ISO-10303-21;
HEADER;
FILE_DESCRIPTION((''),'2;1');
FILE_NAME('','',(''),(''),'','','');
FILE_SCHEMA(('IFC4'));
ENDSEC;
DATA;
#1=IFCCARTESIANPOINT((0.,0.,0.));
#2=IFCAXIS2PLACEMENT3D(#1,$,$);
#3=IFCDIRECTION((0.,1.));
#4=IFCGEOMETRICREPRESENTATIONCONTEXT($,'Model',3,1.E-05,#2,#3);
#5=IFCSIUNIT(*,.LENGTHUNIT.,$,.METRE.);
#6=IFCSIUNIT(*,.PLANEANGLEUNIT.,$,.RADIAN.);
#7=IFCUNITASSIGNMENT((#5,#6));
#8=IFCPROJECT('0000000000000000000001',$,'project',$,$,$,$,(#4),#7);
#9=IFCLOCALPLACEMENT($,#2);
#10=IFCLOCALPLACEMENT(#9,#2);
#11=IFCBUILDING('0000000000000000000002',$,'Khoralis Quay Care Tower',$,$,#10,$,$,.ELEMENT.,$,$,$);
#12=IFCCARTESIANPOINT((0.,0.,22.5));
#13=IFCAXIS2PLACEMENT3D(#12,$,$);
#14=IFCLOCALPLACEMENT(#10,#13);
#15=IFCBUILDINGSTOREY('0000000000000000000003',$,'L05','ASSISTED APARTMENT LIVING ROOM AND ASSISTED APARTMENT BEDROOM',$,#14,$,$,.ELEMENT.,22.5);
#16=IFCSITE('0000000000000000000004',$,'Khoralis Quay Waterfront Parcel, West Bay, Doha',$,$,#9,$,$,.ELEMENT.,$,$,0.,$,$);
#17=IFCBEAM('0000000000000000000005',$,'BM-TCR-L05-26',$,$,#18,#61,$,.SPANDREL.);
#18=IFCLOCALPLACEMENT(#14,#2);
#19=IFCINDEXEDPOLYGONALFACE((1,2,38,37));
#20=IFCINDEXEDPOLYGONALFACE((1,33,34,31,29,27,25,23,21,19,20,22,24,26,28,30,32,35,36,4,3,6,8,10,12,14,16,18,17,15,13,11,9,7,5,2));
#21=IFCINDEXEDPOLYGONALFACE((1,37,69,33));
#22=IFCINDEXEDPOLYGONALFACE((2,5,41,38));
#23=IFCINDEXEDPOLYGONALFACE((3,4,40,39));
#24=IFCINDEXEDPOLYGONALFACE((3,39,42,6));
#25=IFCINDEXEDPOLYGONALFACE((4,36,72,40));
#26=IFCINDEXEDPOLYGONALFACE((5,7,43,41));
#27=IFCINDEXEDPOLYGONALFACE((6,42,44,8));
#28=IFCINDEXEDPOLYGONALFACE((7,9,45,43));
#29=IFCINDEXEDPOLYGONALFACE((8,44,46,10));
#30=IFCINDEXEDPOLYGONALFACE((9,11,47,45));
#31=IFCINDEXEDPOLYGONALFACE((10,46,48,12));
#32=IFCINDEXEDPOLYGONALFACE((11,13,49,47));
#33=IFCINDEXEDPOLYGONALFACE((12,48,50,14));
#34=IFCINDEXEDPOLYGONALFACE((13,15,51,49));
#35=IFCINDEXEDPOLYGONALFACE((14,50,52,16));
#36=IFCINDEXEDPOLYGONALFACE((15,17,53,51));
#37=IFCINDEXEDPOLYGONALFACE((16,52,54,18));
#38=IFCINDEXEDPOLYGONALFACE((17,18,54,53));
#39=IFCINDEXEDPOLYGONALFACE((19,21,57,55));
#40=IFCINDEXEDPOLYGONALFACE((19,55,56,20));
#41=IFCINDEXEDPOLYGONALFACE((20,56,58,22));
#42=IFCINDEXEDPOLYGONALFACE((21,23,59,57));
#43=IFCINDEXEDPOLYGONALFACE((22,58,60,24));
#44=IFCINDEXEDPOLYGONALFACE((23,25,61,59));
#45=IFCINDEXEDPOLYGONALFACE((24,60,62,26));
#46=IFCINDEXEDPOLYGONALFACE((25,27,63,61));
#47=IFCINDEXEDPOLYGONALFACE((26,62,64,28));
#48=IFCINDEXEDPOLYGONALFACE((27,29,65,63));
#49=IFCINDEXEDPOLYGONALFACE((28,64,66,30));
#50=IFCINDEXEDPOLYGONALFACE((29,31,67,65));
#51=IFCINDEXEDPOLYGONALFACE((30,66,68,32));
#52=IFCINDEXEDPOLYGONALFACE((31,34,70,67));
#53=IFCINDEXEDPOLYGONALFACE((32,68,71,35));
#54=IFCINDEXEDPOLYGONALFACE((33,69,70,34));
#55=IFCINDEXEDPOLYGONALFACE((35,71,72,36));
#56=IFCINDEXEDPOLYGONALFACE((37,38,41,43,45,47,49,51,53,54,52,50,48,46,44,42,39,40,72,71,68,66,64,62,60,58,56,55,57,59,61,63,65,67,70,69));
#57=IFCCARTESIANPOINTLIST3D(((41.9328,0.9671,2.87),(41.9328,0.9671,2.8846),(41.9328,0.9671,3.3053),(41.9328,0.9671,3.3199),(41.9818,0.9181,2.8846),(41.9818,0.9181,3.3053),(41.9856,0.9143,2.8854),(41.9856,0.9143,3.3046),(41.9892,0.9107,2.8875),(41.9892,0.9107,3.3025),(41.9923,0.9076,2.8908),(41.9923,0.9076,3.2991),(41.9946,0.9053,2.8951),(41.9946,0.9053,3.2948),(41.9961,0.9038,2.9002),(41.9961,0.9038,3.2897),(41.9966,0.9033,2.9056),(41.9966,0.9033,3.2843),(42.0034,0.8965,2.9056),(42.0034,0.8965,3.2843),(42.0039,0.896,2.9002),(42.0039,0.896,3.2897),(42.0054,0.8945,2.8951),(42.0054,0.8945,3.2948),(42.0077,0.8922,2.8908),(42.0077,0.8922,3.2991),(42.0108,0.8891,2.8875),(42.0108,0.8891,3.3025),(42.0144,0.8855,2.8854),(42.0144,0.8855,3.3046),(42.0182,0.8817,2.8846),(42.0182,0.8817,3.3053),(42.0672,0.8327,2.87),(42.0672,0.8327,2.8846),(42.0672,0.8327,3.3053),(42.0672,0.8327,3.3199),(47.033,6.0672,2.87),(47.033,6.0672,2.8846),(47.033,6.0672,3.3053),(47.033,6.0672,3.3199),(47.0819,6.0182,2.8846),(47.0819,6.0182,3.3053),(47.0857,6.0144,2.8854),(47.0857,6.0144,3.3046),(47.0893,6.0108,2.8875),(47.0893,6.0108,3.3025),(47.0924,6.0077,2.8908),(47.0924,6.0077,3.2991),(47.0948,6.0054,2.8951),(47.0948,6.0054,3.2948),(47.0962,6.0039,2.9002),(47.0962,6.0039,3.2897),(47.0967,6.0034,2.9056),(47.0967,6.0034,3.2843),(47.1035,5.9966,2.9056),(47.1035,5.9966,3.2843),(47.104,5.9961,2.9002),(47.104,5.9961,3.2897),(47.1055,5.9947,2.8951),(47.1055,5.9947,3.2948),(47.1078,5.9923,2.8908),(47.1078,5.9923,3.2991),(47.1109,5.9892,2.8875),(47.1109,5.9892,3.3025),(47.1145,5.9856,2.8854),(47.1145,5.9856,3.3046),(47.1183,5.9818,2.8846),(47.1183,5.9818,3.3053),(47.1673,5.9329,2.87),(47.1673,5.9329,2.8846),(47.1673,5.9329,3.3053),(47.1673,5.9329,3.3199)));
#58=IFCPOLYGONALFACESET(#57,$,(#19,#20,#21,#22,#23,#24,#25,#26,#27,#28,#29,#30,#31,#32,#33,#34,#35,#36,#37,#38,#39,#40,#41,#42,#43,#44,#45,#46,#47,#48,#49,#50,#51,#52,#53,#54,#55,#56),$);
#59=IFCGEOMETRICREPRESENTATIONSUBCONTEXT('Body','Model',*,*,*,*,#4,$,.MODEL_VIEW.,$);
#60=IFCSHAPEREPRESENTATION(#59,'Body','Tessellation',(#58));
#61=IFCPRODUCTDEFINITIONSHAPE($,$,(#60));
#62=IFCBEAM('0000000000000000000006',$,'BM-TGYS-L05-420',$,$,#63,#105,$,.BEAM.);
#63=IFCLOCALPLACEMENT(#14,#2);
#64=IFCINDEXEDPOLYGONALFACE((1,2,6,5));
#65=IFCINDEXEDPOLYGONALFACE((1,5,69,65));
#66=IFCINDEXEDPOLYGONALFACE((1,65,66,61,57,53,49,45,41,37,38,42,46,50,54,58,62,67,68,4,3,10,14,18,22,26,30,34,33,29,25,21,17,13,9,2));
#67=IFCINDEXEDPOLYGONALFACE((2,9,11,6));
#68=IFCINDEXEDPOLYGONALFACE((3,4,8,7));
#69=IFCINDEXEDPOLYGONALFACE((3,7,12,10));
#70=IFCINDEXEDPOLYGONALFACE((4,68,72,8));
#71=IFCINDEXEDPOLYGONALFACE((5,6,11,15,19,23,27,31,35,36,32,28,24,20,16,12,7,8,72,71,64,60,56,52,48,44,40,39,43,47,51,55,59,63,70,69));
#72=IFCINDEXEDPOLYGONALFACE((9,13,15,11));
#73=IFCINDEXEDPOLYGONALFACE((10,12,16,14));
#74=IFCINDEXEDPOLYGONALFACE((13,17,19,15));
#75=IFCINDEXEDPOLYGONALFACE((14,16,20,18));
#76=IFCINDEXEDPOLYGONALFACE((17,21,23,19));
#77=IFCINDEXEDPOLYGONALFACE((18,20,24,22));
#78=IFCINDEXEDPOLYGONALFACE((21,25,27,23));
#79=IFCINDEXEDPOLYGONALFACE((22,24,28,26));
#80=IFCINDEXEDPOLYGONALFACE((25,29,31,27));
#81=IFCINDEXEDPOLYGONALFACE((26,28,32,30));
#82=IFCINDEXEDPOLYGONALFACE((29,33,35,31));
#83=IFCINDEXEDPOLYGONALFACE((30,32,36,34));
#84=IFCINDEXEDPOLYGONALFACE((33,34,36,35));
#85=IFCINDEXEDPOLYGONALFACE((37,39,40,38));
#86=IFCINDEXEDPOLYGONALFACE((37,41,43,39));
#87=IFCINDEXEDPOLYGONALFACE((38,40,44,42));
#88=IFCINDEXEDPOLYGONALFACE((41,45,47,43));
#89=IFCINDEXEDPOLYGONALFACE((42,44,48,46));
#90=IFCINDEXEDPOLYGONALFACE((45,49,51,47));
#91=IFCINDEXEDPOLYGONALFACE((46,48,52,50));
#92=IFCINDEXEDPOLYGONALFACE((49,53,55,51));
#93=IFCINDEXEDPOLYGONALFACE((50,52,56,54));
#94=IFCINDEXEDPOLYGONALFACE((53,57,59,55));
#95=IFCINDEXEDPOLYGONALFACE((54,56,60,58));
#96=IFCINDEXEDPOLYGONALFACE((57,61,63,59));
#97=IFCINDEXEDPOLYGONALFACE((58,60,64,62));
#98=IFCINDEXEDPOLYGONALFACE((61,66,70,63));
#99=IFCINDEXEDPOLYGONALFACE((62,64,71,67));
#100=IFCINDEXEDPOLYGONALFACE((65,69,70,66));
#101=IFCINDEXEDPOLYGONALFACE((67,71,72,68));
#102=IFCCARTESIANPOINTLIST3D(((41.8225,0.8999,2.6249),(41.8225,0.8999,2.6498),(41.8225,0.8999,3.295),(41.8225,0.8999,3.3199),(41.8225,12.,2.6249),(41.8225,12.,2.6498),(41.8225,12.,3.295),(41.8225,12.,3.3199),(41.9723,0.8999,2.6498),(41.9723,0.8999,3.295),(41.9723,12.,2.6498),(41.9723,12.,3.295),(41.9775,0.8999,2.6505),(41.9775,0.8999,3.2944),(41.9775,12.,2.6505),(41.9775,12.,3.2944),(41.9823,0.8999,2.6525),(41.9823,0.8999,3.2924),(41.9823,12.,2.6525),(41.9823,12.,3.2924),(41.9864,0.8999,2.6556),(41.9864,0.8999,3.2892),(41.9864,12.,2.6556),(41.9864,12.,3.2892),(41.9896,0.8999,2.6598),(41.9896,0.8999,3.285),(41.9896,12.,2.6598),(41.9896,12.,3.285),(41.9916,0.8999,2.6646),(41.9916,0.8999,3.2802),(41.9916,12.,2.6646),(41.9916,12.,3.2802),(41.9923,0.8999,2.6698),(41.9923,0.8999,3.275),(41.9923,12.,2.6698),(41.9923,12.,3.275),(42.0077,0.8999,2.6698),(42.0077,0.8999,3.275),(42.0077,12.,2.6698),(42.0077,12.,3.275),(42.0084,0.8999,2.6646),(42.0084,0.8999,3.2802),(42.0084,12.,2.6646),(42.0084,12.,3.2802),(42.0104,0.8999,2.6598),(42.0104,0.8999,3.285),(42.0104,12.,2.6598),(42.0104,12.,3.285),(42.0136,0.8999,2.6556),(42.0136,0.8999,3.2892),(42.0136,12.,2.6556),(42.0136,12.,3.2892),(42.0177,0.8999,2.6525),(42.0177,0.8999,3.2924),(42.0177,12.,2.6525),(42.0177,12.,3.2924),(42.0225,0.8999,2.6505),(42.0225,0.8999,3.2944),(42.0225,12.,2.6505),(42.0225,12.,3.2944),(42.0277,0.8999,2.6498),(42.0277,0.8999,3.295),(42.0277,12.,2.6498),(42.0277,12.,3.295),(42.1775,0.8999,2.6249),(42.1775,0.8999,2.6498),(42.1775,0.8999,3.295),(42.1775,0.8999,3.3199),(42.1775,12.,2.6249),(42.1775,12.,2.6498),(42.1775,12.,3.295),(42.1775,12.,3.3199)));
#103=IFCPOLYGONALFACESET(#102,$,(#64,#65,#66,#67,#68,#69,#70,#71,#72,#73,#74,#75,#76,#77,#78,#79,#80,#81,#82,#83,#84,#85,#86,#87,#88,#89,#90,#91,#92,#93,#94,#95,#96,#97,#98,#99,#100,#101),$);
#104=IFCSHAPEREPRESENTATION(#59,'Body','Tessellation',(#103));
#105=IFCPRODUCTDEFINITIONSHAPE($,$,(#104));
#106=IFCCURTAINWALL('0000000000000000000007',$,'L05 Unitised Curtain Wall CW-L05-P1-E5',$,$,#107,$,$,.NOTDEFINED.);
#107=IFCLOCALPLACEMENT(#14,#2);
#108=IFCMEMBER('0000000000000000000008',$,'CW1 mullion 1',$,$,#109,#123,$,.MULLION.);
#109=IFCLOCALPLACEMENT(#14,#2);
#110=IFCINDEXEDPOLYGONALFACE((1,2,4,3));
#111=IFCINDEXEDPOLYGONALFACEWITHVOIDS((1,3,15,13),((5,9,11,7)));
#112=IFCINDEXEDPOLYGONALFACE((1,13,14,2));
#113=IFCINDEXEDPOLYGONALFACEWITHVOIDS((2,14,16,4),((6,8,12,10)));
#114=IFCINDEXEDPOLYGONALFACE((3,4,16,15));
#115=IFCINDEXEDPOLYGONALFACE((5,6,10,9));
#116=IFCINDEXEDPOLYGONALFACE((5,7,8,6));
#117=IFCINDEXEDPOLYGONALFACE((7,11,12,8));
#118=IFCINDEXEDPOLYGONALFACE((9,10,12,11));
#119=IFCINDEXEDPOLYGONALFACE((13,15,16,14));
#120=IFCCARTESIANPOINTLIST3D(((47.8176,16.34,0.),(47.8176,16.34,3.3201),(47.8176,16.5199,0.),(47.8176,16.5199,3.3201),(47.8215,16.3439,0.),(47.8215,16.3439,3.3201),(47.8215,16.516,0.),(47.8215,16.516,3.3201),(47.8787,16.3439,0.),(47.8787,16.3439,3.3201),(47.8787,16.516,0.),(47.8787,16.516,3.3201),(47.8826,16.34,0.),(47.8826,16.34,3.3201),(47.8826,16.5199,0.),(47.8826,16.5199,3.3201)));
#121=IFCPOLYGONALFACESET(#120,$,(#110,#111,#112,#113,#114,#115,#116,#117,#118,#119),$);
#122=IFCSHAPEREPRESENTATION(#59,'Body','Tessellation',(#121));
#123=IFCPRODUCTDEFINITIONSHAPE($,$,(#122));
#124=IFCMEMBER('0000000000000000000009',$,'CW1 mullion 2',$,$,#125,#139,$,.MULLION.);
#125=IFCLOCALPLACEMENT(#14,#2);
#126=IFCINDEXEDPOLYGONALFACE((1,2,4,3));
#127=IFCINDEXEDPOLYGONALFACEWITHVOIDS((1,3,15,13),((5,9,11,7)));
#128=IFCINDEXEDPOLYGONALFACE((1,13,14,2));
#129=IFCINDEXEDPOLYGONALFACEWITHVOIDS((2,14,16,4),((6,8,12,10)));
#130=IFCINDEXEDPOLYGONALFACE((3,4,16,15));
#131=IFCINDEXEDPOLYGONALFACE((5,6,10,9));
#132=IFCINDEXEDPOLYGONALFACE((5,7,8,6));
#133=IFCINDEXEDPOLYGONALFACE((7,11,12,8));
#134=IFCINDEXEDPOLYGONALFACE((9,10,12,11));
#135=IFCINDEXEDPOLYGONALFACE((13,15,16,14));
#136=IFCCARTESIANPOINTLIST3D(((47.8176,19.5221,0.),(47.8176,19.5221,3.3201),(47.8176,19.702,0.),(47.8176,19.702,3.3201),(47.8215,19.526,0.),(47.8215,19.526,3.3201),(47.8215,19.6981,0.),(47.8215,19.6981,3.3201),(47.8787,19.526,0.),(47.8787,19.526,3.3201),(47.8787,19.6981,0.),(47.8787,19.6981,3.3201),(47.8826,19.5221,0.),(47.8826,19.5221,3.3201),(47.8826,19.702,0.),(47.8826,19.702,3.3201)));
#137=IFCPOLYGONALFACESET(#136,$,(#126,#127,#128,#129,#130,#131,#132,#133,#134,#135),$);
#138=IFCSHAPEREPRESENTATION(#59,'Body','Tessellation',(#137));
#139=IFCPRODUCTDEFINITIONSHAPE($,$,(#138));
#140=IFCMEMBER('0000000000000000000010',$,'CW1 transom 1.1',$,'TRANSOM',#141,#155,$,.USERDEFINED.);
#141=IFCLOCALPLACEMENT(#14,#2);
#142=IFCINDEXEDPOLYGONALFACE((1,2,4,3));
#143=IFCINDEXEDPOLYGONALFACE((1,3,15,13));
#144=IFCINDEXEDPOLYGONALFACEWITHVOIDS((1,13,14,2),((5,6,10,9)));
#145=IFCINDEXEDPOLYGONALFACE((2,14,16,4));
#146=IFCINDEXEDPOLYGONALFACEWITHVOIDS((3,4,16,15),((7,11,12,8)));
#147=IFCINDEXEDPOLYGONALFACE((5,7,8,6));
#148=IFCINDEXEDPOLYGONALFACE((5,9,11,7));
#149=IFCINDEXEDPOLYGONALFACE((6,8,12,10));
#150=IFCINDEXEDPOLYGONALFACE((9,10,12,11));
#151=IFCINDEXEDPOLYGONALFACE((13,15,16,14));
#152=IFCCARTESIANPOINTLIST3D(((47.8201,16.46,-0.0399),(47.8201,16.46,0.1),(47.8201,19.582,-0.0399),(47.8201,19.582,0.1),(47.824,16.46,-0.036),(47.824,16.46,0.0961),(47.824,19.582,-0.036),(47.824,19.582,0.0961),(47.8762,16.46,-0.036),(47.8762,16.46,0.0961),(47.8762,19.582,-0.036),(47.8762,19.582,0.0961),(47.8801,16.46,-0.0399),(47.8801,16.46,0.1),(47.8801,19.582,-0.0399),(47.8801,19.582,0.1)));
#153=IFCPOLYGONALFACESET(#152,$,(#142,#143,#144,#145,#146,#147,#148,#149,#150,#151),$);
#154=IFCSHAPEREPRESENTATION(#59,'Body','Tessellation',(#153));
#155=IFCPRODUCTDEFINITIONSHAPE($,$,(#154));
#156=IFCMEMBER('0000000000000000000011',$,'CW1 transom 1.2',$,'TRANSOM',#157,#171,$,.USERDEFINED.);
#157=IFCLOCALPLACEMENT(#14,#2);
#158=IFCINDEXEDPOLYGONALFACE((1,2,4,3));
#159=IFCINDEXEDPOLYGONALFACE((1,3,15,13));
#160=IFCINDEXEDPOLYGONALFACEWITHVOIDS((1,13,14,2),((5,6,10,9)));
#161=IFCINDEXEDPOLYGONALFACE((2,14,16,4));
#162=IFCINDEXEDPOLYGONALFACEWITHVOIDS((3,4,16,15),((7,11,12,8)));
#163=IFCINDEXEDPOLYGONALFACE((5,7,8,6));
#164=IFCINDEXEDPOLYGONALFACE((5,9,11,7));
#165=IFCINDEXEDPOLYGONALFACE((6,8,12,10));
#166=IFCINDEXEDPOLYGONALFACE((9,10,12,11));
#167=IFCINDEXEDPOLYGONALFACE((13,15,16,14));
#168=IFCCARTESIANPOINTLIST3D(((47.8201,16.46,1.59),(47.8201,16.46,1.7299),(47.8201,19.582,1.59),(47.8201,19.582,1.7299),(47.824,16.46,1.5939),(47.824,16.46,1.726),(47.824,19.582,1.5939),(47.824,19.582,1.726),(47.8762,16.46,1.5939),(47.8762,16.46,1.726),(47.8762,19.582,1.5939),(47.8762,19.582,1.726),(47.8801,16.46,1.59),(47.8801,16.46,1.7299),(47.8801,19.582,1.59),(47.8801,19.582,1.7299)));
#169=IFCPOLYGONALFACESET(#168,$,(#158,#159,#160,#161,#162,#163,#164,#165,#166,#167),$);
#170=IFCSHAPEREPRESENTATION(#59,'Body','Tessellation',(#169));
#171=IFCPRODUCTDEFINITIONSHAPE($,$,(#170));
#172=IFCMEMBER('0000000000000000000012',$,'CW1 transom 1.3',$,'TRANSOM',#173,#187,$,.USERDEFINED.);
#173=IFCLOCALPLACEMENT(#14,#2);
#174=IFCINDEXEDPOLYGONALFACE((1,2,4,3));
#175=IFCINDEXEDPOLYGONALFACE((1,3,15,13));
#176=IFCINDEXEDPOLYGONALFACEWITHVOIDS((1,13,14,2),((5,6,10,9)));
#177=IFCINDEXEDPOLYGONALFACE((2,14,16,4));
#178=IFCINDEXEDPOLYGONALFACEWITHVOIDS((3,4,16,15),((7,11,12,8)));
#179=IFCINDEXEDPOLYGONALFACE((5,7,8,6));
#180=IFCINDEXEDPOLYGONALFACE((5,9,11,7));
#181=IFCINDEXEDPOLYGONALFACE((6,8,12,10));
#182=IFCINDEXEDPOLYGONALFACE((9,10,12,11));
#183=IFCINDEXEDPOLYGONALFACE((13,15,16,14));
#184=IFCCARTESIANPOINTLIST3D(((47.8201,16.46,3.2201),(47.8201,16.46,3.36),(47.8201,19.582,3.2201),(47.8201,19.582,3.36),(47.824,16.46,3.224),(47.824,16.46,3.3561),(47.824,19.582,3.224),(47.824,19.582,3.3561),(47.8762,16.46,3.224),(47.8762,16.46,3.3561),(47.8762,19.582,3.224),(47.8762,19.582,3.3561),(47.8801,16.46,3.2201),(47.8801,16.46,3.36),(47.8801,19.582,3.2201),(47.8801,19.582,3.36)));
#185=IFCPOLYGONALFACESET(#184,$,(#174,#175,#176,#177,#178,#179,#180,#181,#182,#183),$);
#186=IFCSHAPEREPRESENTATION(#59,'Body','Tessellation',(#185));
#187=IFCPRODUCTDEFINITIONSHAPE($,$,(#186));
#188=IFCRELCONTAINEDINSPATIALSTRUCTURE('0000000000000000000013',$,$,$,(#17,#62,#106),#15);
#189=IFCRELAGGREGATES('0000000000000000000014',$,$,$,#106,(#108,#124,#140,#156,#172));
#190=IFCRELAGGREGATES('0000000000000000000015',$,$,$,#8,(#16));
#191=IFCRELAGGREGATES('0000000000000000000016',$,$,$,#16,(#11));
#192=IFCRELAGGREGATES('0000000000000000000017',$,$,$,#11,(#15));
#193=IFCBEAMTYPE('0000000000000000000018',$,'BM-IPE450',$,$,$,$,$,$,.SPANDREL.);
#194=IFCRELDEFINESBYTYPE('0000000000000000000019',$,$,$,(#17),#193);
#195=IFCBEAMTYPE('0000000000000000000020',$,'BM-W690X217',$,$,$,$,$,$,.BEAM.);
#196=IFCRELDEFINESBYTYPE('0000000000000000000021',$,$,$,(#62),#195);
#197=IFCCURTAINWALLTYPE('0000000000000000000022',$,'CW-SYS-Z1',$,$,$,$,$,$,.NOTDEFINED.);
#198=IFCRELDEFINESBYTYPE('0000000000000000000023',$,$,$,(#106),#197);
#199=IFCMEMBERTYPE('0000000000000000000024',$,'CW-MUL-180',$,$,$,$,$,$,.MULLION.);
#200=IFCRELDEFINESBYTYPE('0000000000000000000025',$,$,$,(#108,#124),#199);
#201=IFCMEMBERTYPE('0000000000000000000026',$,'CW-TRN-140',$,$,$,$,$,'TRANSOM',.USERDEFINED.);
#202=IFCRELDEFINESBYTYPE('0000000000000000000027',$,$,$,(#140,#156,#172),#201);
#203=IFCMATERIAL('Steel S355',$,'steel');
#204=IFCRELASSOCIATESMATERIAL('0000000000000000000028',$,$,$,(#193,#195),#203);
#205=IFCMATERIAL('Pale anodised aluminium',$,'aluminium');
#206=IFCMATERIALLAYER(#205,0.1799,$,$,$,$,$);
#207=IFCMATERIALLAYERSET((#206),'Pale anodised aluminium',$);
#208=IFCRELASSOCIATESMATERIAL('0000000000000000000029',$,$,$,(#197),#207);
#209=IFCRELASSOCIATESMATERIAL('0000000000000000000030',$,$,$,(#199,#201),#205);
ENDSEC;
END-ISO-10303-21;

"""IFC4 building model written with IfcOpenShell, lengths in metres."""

from ifc_helpers import new_model, si_unit, direction, frame, origin, origin_2d, place, context, subcontext, project, spatial, hollow_rectangle, i_section, extrude, source, transform, mapped, material, layer, layer_set, material_profile, profile_set, type_object, element, aggregate, save


model = new_model("IFC4")

# Units and contexts
model_context = context("Model", 3, precision=1e-05, world=origin(), true_north=direction((0.0, 1.0)))
body_context = subcontext(model_context, "Body", "Model", "MODEL_VIEW")
ifc_project = project(units=[si_unit("LENGTHUNIT", "METRE"), si_unit("PLANEANGLEUNIT", "RADIAN")], contexts=[model_context])

# Site, building, storey
site_placement = place(None, origin())
site = spatial("IfcSite", under=ifc_project, at=site_placement, Name="Khoralis Quay Waterfront Parcel, West Bay, Doha", CompositionType="ELEMENT", RefElevation=0.0)
building_placement = place(site_placement, origin())
building = spatial("IfcBuilding", under=site, at=building_placement, Name="Khoralis Quay Care Tower", CompositionType="ELEMENT")
storey_placement = place(building_placement, frame((0.0, 0.0, 22.5)))
storey = spatial("IfcBuildingStorey", under=building, at=storey_placement, Name="L05", Description="ASSISTED APARTMENT LIVING ROOM AND ASSISTED APARTMENT BEDROOM", CompositionType="ELEMENT", Elevation=22.5)

# Beams
ifc_material_1 = material(Name="Steel S355", Category="steel")
ifc_material_profile_1 = material_profile(ifc_material_1, i_section(OverallWidth=0.1899, OverallDepth=0.45, WebThickness=0.0095, FlangeThickness=0.0146, FilletRadius=0.021, at=origin_2d()), Name="Steel S355")
ifc_profile_set_1 = profile_set([ifc_material_profile_1], Name="Steel S355")
beam_type_1 = type_object("IfcBeamType", Name="BM-IPE450", PredefinedType="SPANDREL", material=ifc_profile_set_1)
shared_shape_1 = source(origin(), body_context, "Body", "SweptSolid", [
    extrude(i_section(OverallWidth=0.1899, OverallDepth=0.45, WebThickness=0.0095, FlangeThickness=0.0146, FilletRadius=0.021, at=origin_2d()), origin(), (0.0, 0.0, 1.0), 7.2126),
])
beam_1_placement = place(storey_placement, frame((42.0, 0.8999, 3.095), z_axis=(0.707107, 0.707107, 0.0), x_axis=(-0.707107, 0.707107, 0.0)))
element("IfcBeam", 1, at=beam_1_placement, inside=storey, type_object=beam_type_1, Name="BM-TCR-L05-26", PredefinedType="SPANDREL", context=body_context, shape_type="MappedRepresentation", body=[
    mapped(shared_shape_1, transform((0.0, 0.0, 0.0), scale=1.0)),
])
ifc_material_profile_2 = material_profile(ifc_material_1, i_section(OverallWidth=0.355, OverallDepth=0.6951, WebThickness=0.0154, FlangeThickness=0.0249, FilletRadius=0.02, at=origin_2d()), Name="Steel S355")
ifc_profile_set_2 = profile_set([ifc_material_profile_2], Name="Steel S355")
beam_type_2 = type_object("IfcBeamType", Name="BM-W690X217", PredefinedType="BEAM", material=ifc_profile_set_2)
shared_shape_2 = source(origin(), body_context, "Body", "SweptSolid", [
    extrude(i_section(OverallWidth=0.355, OverallDepth=0.6951, WebThickness=0.0154, FlangeThickness=0.0249, FilletRadius=0.02, at=origin_2d()), origin(), (0.0, 0.0, 1.0), 11.1001),
])
beam_2_placement = place(storey_placement, frame((42.0, 0.8999, 2.9724), z_axis=(0.0, 1.0, 0.0), x_axis=(-1.0, 0.0, 0.0)))
element("IfcBeam", 2, at=beam_2_placement, inside=storey, type_object=beam_type_2, Name="BM-TGYS-L05-420", PredefinedType="BEAM", context=body_context, shape_type="MappedRepresentation", body=[
    mapped(shared_shape_2, transform((0.0, 0.0, 0.0), scale=1.0)),
])

# Curtain wall, members
ifc_material_2 = material(Name="Pale anodised aluminium", Category="aluminium")
ifc_layer_1 = layer(ifc_material_2, 0.1799)
ifc_layer_set_1 = layer_set([ifc_layer_1], Name="Pale anodised aluminium")
curtain_wall_type = type_object("IfcCurtainWallType", Name="CW-SYS-Z1", PredefinedType="NOTDEFINED", material=ifc_layer_set_1)
curtain_wall_placement = place(storey_placement, origin())
curtain_wall = element("IfcCurtainWall", 3, at=curtain_wall_placement, inside=storey, type_object=curtain_wall_type, Name="L05 Unitised Curtain Wall CW-L05-P1-E5", PredefinedType="NOTDEFINED")
ifc_material_profile_3 = material_profile(ifc_material_2, hollow_rectangle(XDim=0.0649, YDim=0.1799, WallThickness=0.0039, at=origin_2d()), Name="Pale anodised aluminium")
ifc_profile_set_3 = profile_set([ifc_material_profile_3], Name="Pale anodised aluminium")
member_type_1 = type_object("IfcMemberType", Name="CW-MUL-180", PredefinedType="MULLION", material=ifc_profile_set_3)
shared_shape_3 = source(origin(), body_context, "Body", "SweptSolid", [
    extrude(hollow_rectangle(XDim=0.0649, YDim=0.1799, WallThickness=0.0039, at=origin_2d()), origin(), (0.0, 0.0, 1.0), 3.3201),
])
member_1_placement = place(storey_placement, frame((47.8501, 16.4299, 0.0), z_axis=(0.0, 0.0, 1.0), x_axis=(-1.0, 0.0, 0.0)))
member_1 = element("IfcMember", 4, at=member_1_placement, type_object=member_type_1, Name="CW1 mullion 1", PredefinedType="MULLION", context=body_context, shape_type="MappedRepresentation", body=[
    mapped(shared_shape_3, transform((0.0, 0.0, 0.0), scale=1.0)),
])
member_2_placement = place(storey_placement, frame((47.8501, 19.6121, 0.0), z_axis=(0.0, 0.0, 1.0), x_axis=(-1.0, 0.0, 0.0)))
member_2 = element("IfcMember", 5, at=member_2_placement, type_object=member_type_1, Name="CW1 mullion 2", PredefinedType="MULLION", context=body_context, shape_type="MappedRepresentation", body=[
    mapped(shared_shape_3, transform((0.0, 0.0, 0.0), scale=1.0)),
])
ifc_material_profile_4 = material_profile(ifc_material_2, hollow_rectangle(XDim=0.0601, YDim=0.1399, WallThickness=0.0039, at=origin_2d()), Name="Pale anodised aluminium")
ifc_profile_set_4 = profile_set([ifc_material_profile_4], Name="Pale anodised aluminium")
member_type_2 = type_object("IfcMemberType", Name="CW-TRN-140", ElementType="TRANSOM", PredefinedType="USERDEFINED", material=ifc_profile_set_4)
shared_shape_4 = source(origin(), body_context, "Body", "SweptSolid", [
    extrude(hollow_rectangle(XDim=0.0601, YDim=0.1399, WallThickness=0.0039, at=origin_2d()), origin(), (0.0, 0.0, 1.0), 3.1221),
])
member_3_placement = place(storey_placement, frame((47.8501, 16.46, 0.03), z_axis=(0.0, 1.0, 0.0), x_axis=(-1.0, 0.0, 0.0)))
member_3 = element("IfcMember", 6, at=member_3_placement, type_object=member_type_2, Name="CW1 transom 1.1", ObjectType="TRANSOM", PredefinedType="USERDEFINED", context=body_context, shape_type="MappedRepresentation", body=[
    mapped(shared_shape_4, transform((0.0, 0.0, 0.0), scale=1.0)),
])
member_4_placement = place(storey_placement, frame((47.8501, 16.46, 1.6599), z_axis=(0.0, 1.0, 0.0), x_axis=(-1.0, 0.0, 0.0)))
member_4 = element("IfcMember", 7, at=member_4_placement, type_object=member_type_2, Name="CW1 transom 1.2", ObjectType="TRANSOM", PredefinedType="USERDEFINED", context=body_context, shape_type="MappedRepresentation", body=[
    mapped(shared_shape_4, transform((0.0, 0.0, 0.0), scale=1.0)),
])
member_5_placement = place(storey_placement, frame((47.8501, 16.46, 3.29), z_axis=(0.0, 1.0, 0.0), x_axis=(-1.0, 0.0, 0.0)))
member_5 = element("IfcMember", 8, at=member_5_placement, type_object=member_type_2, Name="CW1 transom 1.3", ObjectType="TRANSOM", PredefinedType="USERDEFINED", context=body_context, shape_type="MappedRepresentation", body=[
    mapped(shared_shape_4, transform((0.0, 0.0, 0.0), scale=1.0)),
])
aggregate(curtain_wall, [member_1, member_2, member_3, member_4, member_5])

save(model, "model.ifc")
